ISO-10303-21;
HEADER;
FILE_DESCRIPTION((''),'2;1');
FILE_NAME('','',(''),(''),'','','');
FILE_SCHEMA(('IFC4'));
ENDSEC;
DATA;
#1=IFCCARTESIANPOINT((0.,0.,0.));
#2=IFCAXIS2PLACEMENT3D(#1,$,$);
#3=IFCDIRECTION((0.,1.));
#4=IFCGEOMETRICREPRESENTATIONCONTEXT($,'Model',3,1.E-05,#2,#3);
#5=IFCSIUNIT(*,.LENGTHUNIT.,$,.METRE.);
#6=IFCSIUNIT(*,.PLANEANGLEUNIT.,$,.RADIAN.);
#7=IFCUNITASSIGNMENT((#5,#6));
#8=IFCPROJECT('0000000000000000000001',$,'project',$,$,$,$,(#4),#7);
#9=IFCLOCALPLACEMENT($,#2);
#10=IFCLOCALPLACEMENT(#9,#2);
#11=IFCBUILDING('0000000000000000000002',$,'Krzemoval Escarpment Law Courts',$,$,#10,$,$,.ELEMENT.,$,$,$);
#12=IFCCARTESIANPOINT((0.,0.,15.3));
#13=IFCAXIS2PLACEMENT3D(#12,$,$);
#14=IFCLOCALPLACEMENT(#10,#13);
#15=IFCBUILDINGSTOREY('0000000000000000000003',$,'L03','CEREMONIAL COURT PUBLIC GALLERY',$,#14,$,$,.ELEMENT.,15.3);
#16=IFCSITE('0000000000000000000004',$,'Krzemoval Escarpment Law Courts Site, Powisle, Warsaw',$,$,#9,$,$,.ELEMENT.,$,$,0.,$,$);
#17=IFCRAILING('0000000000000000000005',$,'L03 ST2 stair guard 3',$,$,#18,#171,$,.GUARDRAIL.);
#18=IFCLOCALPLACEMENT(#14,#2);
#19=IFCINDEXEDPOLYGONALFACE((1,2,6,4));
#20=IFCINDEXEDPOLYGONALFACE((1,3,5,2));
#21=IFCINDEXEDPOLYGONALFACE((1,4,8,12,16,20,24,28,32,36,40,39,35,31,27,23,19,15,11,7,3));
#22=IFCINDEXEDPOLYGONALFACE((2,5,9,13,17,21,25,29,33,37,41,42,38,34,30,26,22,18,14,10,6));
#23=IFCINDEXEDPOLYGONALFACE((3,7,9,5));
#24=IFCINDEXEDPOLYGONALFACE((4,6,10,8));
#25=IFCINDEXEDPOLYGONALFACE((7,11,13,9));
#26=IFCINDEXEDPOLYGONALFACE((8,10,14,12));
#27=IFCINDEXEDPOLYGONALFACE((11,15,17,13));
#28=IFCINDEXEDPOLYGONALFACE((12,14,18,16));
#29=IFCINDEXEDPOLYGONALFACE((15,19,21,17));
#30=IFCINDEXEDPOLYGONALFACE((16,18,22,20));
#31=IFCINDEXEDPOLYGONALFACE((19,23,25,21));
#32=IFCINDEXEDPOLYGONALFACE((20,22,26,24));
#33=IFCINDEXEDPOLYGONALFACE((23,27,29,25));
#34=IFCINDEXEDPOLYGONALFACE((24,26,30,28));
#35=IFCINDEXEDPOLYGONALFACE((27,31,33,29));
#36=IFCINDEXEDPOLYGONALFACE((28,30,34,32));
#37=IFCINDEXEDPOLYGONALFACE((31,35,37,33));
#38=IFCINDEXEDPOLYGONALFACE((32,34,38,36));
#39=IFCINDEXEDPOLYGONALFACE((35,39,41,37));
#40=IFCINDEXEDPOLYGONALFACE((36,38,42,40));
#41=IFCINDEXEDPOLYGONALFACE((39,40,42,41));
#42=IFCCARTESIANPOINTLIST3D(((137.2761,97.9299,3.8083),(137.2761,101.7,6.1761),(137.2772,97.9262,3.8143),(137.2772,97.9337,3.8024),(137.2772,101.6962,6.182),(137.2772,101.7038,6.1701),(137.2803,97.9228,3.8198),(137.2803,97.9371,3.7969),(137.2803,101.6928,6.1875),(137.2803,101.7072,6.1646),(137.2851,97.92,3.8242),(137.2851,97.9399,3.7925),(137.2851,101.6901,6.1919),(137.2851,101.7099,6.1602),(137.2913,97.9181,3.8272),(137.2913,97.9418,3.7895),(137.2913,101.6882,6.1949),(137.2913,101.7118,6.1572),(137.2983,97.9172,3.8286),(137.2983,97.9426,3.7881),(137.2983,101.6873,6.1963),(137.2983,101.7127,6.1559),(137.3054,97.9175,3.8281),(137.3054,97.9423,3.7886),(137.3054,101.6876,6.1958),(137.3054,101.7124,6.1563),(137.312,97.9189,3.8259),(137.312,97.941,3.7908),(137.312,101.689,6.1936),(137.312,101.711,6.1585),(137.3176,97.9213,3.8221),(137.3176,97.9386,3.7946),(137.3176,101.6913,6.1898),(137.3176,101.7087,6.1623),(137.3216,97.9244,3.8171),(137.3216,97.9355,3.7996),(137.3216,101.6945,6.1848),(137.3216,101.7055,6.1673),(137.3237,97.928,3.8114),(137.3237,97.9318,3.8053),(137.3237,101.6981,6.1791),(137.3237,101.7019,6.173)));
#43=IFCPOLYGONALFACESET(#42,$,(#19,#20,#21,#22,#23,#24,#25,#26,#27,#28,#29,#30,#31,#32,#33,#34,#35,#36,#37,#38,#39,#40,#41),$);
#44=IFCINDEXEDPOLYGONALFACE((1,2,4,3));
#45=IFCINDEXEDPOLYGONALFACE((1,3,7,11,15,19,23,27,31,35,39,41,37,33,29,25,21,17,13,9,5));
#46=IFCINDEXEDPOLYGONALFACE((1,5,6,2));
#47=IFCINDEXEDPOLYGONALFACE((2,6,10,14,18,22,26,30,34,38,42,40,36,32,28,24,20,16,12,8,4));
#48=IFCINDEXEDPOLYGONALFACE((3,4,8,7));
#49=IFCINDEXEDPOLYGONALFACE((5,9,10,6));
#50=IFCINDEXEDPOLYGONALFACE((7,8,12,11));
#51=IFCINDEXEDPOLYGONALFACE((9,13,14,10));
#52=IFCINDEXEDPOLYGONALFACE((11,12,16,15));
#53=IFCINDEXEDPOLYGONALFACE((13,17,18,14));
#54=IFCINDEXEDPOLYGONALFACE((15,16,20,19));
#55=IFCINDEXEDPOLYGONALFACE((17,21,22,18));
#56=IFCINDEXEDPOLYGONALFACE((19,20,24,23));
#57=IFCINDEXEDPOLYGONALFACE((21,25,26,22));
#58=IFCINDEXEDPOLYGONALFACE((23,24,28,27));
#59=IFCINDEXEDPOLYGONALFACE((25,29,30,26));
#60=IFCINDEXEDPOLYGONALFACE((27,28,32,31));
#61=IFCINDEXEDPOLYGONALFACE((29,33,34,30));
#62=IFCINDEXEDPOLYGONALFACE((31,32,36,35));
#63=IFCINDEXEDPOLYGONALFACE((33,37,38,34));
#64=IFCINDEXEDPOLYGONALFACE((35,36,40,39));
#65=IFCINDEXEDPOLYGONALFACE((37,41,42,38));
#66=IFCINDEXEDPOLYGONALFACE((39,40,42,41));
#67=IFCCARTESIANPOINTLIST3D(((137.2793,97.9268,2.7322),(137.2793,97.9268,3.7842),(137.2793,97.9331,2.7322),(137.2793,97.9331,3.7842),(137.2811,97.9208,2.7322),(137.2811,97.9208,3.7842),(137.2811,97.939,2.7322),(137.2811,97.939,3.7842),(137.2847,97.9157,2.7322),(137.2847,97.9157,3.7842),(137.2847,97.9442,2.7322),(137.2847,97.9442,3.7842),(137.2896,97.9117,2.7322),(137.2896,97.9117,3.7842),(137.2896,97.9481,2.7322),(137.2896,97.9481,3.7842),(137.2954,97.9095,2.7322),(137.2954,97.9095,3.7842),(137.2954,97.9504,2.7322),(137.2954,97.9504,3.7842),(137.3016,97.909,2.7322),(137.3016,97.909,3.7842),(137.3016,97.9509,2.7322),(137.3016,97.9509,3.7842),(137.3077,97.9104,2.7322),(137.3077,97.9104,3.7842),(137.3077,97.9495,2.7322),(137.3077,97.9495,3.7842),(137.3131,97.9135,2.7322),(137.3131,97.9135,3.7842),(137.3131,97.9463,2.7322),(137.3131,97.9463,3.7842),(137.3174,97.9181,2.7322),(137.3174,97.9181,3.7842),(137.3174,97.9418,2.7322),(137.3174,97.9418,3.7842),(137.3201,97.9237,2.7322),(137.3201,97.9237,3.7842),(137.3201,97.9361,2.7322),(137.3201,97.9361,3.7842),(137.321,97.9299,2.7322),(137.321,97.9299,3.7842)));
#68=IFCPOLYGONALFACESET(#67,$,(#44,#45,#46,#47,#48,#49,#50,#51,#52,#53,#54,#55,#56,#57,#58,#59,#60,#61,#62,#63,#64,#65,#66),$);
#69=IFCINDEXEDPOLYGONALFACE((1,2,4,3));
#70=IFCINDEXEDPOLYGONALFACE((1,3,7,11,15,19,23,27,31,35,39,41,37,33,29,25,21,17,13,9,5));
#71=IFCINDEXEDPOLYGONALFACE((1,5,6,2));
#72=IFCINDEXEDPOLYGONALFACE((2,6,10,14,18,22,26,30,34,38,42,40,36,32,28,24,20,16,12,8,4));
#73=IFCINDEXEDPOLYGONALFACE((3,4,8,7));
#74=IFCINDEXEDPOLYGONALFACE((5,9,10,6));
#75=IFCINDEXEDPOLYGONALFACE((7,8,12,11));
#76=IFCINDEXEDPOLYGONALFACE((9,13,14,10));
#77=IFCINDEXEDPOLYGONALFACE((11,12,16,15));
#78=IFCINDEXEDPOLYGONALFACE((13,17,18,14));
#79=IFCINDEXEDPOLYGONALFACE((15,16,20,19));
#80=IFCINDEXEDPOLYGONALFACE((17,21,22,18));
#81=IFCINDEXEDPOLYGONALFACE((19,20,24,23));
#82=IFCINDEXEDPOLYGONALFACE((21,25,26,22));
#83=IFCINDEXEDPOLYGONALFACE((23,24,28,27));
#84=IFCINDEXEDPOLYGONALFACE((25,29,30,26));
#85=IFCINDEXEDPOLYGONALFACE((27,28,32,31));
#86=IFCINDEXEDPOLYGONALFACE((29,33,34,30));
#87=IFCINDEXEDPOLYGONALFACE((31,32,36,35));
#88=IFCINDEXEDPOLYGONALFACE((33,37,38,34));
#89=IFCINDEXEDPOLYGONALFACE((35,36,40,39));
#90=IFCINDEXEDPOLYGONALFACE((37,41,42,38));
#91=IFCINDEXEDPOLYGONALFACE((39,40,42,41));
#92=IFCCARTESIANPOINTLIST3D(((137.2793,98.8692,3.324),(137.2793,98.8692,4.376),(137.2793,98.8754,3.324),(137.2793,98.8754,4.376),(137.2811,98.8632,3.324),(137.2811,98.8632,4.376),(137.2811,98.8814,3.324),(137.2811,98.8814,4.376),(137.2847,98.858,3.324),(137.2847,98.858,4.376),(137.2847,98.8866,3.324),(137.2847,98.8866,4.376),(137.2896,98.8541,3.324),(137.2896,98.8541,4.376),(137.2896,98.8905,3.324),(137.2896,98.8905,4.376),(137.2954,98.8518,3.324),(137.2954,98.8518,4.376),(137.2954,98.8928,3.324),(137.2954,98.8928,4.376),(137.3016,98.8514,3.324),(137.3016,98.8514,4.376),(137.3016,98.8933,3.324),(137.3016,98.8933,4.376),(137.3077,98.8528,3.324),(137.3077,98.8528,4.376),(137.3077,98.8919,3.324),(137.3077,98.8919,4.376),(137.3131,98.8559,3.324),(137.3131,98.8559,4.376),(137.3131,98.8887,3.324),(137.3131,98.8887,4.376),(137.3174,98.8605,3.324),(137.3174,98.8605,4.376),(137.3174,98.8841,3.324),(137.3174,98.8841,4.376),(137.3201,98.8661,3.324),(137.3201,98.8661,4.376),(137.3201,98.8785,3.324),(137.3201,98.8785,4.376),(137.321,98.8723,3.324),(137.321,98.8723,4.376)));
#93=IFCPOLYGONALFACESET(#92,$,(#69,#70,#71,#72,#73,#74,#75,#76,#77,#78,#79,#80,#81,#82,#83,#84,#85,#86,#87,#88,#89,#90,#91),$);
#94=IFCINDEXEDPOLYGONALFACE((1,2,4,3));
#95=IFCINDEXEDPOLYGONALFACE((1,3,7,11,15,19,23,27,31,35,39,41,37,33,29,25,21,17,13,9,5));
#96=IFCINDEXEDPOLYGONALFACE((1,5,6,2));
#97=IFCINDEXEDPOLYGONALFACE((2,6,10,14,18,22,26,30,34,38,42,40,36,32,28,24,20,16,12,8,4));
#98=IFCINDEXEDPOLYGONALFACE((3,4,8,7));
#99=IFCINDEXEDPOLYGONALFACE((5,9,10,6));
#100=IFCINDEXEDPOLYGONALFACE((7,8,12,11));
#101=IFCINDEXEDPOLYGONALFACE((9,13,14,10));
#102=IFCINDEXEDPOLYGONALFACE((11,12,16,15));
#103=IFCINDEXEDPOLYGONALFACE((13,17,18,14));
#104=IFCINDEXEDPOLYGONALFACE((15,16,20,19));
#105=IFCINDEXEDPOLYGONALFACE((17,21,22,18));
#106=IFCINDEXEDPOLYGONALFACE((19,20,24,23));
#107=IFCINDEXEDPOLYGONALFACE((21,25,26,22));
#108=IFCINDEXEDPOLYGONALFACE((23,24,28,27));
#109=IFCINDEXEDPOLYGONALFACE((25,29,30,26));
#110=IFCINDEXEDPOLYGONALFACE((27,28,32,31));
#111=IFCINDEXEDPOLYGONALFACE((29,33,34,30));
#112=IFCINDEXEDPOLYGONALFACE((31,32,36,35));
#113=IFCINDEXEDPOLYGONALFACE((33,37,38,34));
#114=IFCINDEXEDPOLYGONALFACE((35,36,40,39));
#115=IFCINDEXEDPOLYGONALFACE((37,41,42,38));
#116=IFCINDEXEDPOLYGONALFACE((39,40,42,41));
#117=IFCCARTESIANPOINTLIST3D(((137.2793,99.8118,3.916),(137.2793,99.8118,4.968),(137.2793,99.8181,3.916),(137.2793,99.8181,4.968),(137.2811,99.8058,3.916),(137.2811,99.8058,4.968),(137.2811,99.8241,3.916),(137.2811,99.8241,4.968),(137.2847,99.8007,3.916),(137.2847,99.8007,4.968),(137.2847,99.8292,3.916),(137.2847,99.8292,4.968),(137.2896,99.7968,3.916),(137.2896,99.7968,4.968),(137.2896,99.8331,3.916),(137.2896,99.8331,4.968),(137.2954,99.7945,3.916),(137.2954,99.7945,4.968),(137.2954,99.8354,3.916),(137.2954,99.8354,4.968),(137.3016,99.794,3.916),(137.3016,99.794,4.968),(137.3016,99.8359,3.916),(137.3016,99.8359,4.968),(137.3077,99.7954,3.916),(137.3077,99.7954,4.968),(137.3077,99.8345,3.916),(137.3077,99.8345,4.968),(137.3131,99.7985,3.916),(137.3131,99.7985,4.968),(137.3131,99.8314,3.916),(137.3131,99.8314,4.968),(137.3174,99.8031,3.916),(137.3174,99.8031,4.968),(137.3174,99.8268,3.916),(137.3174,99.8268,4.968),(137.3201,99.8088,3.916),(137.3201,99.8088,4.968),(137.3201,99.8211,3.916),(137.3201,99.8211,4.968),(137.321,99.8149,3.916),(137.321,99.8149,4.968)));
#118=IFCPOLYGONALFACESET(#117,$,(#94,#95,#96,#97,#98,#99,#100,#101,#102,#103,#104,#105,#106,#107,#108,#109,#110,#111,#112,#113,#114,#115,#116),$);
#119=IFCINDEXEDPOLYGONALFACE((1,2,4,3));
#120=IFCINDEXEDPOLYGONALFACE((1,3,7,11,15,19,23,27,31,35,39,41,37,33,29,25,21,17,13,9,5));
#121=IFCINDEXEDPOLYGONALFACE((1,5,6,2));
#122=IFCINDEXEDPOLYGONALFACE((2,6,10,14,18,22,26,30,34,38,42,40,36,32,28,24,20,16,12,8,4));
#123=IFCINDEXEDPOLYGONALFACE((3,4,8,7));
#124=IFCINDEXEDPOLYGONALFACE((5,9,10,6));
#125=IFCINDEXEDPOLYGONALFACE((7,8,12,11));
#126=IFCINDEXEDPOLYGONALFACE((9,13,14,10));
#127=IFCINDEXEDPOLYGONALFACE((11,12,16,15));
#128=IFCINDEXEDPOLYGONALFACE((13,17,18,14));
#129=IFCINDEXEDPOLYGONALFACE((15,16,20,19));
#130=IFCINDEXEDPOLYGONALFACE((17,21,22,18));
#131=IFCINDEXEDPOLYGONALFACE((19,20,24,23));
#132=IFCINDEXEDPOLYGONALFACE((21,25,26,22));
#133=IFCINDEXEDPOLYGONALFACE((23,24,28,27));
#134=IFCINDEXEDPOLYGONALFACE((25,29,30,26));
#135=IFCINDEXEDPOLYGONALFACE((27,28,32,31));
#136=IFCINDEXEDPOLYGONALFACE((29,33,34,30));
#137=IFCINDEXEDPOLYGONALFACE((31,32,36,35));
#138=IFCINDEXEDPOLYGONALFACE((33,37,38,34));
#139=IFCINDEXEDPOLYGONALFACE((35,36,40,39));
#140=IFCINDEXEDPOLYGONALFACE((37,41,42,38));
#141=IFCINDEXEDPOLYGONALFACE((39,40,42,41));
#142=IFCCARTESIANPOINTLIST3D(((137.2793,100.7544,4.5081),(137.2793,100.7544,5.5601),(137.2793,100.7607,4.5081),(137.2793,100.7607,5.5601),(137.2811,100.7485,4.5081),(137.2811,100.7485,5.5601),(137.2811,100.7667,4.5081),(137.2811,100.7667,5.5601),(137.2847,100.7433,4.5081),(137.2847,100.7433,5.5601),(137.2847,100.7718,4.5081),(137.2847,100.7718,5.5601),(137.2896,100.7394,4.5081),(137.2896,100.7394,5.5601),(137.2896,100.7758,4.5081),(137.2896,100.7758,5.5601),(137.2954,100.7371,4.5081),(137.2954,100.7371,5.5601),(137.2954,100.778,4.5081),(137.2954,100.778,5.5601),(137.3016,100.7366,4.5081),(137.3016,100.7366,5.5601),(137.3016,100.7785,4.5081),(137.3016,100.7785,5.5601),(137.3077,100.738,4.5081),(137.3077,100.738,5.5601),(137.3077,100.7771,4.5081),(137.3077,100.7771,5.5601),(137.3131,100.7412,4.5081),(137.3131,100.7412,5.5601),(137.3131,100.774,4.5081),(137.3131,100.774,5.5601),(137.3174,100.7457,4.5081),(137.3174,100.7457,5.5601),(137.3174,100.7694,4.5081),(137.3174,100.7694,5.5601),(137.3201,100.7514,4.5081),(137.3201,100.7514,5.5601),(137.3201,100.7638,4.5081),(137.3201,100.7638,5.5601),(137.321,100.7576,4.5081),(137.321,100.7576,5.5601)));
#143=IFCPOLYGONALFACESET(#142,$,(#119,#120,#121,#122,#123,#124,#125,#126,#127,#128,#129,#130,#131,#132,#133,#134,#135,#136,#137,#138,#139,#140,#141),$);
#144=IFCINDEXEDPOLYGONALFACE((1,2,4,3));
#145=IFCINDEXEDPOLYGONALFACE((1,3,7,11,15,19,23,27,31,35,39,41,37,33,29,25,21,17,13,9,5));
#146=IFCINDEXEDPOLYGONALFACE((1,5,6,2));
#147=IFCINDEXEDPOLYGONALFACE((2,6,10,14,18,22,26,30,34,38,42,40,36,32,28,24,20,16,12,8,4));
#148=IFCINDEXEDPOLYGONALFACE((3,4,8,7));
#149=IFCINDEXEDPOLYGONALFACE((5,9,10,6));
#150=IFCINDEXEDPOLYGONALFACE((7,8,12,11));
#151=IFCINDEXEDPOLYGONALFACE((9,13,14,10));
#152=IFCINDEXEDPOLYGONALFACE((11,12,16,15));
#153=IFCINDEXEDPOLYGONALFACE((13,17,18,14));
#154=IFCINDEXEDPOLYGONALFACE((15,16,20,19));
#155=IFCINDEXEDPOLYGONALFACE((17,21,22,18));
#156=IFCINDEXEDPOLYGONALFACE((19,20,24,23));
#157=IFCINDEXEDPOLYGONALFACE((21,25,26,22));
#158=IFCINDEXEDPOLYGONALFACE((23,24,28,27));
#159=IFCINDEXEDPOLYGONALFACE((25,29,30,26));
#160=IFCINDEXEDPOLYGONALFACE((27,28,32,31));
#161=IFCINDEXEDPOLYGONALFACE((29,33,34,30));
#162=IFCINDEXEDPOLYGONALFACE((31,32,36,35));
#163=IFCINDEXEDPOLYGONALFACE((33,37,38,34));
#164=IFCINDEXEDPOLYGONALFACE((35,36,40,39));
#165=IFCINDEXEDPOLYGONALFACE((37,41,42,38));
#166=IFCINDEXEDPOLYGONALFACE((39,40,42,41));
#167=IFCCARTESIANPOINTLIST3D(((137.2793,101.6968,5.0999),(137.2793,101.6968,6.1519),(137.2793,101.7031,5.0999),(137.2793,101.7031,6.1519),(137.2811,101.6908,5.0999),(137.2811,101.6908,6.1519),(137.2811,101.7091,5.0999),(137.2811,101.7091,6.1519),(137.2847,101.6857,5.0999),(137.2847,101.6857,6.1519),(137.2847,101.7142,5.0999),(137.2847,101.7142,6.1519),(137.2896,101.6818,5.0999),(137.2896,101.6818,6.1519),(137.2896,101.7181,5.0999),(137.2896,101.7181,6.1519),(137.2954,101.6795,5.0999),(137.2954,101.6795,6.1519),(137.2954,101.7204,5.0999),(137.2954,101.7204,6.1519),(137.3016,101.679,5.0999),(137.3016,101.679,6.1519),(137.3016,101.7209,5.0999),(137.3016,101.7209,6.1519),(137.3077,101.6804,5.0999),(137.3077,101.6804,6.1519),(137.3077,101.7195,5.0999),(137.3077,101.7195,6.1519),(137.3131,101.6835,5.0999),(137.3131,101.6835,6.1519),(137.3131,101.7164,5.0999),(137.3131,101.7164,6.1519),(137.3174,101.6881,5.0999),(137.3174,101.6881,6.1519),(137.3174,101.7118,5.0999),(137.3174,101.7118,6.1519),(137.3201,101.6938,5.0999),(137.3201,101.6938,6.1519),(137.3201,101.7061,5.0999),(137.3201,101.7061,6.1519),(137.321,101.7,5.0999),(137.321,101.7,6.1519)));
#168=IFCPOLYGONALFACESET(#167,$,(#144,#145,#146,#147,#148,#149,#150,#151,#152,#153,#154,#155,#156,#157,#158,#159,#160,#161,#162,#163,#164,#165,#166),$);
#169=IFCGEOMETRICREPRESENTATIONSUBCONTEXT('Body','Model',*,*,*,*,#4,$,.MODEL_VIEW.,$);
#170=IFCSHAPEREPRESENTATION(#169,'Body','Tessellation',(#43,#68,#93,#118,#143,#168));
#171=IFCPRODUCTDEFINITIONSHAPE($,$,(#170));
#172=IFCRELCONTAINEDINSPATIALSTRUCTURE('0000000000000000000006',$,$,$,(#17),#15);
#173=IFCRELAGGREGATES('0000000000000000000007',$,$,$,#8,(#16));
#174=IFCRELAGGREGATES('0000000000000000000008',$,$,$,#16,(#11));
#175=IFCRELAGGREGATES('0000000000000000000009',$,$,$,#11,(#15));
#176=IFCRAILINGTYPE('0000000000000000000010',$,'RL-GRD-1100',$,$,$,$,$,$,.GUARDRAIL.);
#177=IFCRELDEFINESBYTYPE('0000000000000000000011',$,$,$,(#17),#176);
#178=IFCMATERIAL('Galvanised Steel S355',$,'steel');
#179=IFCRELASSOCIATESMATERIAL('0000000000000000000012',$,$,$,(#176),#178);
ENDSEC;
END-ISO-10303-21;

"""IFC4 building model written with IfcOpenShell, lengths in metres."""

from ifc_helpers import new_model, si_unit, direction, frame, origin, origin_2d, place, context, subcontext, project, spatial, circle, extrude, material, type_object, element, save


model = new_model("IFC4")

# Units and contexts
model_context = context("Model", 3, precision=1e-05, world=origin(), true_north=direction((0.0, 1.0)))
body_context = subcontext(model_context, "Body", "Model", "MODEL_VIEW")
ifc_project = project(units=[si_unit("LENGTHUNIT", "METRE"), si_unit("PLANEANGLEUNIT", "RADIAN")], contexts=[model_context])

# Site, building, storey
site_placement = place(None, origin())
site = spatial("IfcSite", under=ifc_project, at=site_placement, Name="Krzemoval Escarpment Law Courts Site, Powisle, Warsaw", CompositionType="ELEMENT", RefElevation=0.0)
building_placement = place(site_placement, origin())
building = spatial("IfcBuilding", under=site, at=building_placement, Name="Krzemoval Escarpment Law Courts", CompositionType="ELEMENT")
storey_placement = place(building_placement, frame((0.0, 0.0, 15.3)))
storey = spatial("IfcBuildingStorey", under=building, at=storey_placement, Name="L03", Description="CEREMONIAL COURT PUBLIC GALLERY", CompositionType="ELEMENT", Elevation=15.3)

# Railing
ifc_material_1 = material(Name="Galvanised Steel S355", Category="steel")
railing_type_1 = type_object("IfcRailingType", Name="RL-GRD-1100", PredefinedType="GUARDRAIL", material=ifc_material_1)
railing_1_placement = place(storey_placement, frame((137.3, 97.9299, 2.7322)))
element("IfcRailing", 1, at=railing_1_placement, inside=storey, type_object=railing_type_1, Name="L03 ST2 stair guard 3", PredefinedType="GUARDRAIL", context=body_context, shape_type="SweptSolid", body=[
    extrude(circle(Radius=0.0239, at=origin_2d()), frame((0.0, 0.0, 1.0762), z_axis=(0.0, 0.846844, 0.531841), x_axis=(-1.0, 0.0, 0.0)), (0.0, 0.0, 1.0), 4.4519),
    extrude(circle(Radius=0.021, at=origin_2d()), origin(), (0.0, 0.0, 1.0), 1.052),
    extrude(circle(Radius=0.021, at=origin_2d()), frame((0.0, 0.9424, 0.5918)), (0.0, 0.0, 1.0), 1.052),
    extrude(circle(Radius=0.021, at=origin_2d()), frame((0.0, 1.885, 1.1838)), (0.0, 0.0, 1.0), 1.052),
    extrude(circle(Radius=0.021, at=origin_2d()), frame((0.0, 2.8276, 1.7759)), (0.0, 0.0, 1.0), 1.052),
    extrude(circle(Radius=0.021, at=origin_2d()), frame((0.0, 3.77, 2.3677)), (0.0, 0.0, 1.0), 1.052),
])

save(model, "model.ifc")
